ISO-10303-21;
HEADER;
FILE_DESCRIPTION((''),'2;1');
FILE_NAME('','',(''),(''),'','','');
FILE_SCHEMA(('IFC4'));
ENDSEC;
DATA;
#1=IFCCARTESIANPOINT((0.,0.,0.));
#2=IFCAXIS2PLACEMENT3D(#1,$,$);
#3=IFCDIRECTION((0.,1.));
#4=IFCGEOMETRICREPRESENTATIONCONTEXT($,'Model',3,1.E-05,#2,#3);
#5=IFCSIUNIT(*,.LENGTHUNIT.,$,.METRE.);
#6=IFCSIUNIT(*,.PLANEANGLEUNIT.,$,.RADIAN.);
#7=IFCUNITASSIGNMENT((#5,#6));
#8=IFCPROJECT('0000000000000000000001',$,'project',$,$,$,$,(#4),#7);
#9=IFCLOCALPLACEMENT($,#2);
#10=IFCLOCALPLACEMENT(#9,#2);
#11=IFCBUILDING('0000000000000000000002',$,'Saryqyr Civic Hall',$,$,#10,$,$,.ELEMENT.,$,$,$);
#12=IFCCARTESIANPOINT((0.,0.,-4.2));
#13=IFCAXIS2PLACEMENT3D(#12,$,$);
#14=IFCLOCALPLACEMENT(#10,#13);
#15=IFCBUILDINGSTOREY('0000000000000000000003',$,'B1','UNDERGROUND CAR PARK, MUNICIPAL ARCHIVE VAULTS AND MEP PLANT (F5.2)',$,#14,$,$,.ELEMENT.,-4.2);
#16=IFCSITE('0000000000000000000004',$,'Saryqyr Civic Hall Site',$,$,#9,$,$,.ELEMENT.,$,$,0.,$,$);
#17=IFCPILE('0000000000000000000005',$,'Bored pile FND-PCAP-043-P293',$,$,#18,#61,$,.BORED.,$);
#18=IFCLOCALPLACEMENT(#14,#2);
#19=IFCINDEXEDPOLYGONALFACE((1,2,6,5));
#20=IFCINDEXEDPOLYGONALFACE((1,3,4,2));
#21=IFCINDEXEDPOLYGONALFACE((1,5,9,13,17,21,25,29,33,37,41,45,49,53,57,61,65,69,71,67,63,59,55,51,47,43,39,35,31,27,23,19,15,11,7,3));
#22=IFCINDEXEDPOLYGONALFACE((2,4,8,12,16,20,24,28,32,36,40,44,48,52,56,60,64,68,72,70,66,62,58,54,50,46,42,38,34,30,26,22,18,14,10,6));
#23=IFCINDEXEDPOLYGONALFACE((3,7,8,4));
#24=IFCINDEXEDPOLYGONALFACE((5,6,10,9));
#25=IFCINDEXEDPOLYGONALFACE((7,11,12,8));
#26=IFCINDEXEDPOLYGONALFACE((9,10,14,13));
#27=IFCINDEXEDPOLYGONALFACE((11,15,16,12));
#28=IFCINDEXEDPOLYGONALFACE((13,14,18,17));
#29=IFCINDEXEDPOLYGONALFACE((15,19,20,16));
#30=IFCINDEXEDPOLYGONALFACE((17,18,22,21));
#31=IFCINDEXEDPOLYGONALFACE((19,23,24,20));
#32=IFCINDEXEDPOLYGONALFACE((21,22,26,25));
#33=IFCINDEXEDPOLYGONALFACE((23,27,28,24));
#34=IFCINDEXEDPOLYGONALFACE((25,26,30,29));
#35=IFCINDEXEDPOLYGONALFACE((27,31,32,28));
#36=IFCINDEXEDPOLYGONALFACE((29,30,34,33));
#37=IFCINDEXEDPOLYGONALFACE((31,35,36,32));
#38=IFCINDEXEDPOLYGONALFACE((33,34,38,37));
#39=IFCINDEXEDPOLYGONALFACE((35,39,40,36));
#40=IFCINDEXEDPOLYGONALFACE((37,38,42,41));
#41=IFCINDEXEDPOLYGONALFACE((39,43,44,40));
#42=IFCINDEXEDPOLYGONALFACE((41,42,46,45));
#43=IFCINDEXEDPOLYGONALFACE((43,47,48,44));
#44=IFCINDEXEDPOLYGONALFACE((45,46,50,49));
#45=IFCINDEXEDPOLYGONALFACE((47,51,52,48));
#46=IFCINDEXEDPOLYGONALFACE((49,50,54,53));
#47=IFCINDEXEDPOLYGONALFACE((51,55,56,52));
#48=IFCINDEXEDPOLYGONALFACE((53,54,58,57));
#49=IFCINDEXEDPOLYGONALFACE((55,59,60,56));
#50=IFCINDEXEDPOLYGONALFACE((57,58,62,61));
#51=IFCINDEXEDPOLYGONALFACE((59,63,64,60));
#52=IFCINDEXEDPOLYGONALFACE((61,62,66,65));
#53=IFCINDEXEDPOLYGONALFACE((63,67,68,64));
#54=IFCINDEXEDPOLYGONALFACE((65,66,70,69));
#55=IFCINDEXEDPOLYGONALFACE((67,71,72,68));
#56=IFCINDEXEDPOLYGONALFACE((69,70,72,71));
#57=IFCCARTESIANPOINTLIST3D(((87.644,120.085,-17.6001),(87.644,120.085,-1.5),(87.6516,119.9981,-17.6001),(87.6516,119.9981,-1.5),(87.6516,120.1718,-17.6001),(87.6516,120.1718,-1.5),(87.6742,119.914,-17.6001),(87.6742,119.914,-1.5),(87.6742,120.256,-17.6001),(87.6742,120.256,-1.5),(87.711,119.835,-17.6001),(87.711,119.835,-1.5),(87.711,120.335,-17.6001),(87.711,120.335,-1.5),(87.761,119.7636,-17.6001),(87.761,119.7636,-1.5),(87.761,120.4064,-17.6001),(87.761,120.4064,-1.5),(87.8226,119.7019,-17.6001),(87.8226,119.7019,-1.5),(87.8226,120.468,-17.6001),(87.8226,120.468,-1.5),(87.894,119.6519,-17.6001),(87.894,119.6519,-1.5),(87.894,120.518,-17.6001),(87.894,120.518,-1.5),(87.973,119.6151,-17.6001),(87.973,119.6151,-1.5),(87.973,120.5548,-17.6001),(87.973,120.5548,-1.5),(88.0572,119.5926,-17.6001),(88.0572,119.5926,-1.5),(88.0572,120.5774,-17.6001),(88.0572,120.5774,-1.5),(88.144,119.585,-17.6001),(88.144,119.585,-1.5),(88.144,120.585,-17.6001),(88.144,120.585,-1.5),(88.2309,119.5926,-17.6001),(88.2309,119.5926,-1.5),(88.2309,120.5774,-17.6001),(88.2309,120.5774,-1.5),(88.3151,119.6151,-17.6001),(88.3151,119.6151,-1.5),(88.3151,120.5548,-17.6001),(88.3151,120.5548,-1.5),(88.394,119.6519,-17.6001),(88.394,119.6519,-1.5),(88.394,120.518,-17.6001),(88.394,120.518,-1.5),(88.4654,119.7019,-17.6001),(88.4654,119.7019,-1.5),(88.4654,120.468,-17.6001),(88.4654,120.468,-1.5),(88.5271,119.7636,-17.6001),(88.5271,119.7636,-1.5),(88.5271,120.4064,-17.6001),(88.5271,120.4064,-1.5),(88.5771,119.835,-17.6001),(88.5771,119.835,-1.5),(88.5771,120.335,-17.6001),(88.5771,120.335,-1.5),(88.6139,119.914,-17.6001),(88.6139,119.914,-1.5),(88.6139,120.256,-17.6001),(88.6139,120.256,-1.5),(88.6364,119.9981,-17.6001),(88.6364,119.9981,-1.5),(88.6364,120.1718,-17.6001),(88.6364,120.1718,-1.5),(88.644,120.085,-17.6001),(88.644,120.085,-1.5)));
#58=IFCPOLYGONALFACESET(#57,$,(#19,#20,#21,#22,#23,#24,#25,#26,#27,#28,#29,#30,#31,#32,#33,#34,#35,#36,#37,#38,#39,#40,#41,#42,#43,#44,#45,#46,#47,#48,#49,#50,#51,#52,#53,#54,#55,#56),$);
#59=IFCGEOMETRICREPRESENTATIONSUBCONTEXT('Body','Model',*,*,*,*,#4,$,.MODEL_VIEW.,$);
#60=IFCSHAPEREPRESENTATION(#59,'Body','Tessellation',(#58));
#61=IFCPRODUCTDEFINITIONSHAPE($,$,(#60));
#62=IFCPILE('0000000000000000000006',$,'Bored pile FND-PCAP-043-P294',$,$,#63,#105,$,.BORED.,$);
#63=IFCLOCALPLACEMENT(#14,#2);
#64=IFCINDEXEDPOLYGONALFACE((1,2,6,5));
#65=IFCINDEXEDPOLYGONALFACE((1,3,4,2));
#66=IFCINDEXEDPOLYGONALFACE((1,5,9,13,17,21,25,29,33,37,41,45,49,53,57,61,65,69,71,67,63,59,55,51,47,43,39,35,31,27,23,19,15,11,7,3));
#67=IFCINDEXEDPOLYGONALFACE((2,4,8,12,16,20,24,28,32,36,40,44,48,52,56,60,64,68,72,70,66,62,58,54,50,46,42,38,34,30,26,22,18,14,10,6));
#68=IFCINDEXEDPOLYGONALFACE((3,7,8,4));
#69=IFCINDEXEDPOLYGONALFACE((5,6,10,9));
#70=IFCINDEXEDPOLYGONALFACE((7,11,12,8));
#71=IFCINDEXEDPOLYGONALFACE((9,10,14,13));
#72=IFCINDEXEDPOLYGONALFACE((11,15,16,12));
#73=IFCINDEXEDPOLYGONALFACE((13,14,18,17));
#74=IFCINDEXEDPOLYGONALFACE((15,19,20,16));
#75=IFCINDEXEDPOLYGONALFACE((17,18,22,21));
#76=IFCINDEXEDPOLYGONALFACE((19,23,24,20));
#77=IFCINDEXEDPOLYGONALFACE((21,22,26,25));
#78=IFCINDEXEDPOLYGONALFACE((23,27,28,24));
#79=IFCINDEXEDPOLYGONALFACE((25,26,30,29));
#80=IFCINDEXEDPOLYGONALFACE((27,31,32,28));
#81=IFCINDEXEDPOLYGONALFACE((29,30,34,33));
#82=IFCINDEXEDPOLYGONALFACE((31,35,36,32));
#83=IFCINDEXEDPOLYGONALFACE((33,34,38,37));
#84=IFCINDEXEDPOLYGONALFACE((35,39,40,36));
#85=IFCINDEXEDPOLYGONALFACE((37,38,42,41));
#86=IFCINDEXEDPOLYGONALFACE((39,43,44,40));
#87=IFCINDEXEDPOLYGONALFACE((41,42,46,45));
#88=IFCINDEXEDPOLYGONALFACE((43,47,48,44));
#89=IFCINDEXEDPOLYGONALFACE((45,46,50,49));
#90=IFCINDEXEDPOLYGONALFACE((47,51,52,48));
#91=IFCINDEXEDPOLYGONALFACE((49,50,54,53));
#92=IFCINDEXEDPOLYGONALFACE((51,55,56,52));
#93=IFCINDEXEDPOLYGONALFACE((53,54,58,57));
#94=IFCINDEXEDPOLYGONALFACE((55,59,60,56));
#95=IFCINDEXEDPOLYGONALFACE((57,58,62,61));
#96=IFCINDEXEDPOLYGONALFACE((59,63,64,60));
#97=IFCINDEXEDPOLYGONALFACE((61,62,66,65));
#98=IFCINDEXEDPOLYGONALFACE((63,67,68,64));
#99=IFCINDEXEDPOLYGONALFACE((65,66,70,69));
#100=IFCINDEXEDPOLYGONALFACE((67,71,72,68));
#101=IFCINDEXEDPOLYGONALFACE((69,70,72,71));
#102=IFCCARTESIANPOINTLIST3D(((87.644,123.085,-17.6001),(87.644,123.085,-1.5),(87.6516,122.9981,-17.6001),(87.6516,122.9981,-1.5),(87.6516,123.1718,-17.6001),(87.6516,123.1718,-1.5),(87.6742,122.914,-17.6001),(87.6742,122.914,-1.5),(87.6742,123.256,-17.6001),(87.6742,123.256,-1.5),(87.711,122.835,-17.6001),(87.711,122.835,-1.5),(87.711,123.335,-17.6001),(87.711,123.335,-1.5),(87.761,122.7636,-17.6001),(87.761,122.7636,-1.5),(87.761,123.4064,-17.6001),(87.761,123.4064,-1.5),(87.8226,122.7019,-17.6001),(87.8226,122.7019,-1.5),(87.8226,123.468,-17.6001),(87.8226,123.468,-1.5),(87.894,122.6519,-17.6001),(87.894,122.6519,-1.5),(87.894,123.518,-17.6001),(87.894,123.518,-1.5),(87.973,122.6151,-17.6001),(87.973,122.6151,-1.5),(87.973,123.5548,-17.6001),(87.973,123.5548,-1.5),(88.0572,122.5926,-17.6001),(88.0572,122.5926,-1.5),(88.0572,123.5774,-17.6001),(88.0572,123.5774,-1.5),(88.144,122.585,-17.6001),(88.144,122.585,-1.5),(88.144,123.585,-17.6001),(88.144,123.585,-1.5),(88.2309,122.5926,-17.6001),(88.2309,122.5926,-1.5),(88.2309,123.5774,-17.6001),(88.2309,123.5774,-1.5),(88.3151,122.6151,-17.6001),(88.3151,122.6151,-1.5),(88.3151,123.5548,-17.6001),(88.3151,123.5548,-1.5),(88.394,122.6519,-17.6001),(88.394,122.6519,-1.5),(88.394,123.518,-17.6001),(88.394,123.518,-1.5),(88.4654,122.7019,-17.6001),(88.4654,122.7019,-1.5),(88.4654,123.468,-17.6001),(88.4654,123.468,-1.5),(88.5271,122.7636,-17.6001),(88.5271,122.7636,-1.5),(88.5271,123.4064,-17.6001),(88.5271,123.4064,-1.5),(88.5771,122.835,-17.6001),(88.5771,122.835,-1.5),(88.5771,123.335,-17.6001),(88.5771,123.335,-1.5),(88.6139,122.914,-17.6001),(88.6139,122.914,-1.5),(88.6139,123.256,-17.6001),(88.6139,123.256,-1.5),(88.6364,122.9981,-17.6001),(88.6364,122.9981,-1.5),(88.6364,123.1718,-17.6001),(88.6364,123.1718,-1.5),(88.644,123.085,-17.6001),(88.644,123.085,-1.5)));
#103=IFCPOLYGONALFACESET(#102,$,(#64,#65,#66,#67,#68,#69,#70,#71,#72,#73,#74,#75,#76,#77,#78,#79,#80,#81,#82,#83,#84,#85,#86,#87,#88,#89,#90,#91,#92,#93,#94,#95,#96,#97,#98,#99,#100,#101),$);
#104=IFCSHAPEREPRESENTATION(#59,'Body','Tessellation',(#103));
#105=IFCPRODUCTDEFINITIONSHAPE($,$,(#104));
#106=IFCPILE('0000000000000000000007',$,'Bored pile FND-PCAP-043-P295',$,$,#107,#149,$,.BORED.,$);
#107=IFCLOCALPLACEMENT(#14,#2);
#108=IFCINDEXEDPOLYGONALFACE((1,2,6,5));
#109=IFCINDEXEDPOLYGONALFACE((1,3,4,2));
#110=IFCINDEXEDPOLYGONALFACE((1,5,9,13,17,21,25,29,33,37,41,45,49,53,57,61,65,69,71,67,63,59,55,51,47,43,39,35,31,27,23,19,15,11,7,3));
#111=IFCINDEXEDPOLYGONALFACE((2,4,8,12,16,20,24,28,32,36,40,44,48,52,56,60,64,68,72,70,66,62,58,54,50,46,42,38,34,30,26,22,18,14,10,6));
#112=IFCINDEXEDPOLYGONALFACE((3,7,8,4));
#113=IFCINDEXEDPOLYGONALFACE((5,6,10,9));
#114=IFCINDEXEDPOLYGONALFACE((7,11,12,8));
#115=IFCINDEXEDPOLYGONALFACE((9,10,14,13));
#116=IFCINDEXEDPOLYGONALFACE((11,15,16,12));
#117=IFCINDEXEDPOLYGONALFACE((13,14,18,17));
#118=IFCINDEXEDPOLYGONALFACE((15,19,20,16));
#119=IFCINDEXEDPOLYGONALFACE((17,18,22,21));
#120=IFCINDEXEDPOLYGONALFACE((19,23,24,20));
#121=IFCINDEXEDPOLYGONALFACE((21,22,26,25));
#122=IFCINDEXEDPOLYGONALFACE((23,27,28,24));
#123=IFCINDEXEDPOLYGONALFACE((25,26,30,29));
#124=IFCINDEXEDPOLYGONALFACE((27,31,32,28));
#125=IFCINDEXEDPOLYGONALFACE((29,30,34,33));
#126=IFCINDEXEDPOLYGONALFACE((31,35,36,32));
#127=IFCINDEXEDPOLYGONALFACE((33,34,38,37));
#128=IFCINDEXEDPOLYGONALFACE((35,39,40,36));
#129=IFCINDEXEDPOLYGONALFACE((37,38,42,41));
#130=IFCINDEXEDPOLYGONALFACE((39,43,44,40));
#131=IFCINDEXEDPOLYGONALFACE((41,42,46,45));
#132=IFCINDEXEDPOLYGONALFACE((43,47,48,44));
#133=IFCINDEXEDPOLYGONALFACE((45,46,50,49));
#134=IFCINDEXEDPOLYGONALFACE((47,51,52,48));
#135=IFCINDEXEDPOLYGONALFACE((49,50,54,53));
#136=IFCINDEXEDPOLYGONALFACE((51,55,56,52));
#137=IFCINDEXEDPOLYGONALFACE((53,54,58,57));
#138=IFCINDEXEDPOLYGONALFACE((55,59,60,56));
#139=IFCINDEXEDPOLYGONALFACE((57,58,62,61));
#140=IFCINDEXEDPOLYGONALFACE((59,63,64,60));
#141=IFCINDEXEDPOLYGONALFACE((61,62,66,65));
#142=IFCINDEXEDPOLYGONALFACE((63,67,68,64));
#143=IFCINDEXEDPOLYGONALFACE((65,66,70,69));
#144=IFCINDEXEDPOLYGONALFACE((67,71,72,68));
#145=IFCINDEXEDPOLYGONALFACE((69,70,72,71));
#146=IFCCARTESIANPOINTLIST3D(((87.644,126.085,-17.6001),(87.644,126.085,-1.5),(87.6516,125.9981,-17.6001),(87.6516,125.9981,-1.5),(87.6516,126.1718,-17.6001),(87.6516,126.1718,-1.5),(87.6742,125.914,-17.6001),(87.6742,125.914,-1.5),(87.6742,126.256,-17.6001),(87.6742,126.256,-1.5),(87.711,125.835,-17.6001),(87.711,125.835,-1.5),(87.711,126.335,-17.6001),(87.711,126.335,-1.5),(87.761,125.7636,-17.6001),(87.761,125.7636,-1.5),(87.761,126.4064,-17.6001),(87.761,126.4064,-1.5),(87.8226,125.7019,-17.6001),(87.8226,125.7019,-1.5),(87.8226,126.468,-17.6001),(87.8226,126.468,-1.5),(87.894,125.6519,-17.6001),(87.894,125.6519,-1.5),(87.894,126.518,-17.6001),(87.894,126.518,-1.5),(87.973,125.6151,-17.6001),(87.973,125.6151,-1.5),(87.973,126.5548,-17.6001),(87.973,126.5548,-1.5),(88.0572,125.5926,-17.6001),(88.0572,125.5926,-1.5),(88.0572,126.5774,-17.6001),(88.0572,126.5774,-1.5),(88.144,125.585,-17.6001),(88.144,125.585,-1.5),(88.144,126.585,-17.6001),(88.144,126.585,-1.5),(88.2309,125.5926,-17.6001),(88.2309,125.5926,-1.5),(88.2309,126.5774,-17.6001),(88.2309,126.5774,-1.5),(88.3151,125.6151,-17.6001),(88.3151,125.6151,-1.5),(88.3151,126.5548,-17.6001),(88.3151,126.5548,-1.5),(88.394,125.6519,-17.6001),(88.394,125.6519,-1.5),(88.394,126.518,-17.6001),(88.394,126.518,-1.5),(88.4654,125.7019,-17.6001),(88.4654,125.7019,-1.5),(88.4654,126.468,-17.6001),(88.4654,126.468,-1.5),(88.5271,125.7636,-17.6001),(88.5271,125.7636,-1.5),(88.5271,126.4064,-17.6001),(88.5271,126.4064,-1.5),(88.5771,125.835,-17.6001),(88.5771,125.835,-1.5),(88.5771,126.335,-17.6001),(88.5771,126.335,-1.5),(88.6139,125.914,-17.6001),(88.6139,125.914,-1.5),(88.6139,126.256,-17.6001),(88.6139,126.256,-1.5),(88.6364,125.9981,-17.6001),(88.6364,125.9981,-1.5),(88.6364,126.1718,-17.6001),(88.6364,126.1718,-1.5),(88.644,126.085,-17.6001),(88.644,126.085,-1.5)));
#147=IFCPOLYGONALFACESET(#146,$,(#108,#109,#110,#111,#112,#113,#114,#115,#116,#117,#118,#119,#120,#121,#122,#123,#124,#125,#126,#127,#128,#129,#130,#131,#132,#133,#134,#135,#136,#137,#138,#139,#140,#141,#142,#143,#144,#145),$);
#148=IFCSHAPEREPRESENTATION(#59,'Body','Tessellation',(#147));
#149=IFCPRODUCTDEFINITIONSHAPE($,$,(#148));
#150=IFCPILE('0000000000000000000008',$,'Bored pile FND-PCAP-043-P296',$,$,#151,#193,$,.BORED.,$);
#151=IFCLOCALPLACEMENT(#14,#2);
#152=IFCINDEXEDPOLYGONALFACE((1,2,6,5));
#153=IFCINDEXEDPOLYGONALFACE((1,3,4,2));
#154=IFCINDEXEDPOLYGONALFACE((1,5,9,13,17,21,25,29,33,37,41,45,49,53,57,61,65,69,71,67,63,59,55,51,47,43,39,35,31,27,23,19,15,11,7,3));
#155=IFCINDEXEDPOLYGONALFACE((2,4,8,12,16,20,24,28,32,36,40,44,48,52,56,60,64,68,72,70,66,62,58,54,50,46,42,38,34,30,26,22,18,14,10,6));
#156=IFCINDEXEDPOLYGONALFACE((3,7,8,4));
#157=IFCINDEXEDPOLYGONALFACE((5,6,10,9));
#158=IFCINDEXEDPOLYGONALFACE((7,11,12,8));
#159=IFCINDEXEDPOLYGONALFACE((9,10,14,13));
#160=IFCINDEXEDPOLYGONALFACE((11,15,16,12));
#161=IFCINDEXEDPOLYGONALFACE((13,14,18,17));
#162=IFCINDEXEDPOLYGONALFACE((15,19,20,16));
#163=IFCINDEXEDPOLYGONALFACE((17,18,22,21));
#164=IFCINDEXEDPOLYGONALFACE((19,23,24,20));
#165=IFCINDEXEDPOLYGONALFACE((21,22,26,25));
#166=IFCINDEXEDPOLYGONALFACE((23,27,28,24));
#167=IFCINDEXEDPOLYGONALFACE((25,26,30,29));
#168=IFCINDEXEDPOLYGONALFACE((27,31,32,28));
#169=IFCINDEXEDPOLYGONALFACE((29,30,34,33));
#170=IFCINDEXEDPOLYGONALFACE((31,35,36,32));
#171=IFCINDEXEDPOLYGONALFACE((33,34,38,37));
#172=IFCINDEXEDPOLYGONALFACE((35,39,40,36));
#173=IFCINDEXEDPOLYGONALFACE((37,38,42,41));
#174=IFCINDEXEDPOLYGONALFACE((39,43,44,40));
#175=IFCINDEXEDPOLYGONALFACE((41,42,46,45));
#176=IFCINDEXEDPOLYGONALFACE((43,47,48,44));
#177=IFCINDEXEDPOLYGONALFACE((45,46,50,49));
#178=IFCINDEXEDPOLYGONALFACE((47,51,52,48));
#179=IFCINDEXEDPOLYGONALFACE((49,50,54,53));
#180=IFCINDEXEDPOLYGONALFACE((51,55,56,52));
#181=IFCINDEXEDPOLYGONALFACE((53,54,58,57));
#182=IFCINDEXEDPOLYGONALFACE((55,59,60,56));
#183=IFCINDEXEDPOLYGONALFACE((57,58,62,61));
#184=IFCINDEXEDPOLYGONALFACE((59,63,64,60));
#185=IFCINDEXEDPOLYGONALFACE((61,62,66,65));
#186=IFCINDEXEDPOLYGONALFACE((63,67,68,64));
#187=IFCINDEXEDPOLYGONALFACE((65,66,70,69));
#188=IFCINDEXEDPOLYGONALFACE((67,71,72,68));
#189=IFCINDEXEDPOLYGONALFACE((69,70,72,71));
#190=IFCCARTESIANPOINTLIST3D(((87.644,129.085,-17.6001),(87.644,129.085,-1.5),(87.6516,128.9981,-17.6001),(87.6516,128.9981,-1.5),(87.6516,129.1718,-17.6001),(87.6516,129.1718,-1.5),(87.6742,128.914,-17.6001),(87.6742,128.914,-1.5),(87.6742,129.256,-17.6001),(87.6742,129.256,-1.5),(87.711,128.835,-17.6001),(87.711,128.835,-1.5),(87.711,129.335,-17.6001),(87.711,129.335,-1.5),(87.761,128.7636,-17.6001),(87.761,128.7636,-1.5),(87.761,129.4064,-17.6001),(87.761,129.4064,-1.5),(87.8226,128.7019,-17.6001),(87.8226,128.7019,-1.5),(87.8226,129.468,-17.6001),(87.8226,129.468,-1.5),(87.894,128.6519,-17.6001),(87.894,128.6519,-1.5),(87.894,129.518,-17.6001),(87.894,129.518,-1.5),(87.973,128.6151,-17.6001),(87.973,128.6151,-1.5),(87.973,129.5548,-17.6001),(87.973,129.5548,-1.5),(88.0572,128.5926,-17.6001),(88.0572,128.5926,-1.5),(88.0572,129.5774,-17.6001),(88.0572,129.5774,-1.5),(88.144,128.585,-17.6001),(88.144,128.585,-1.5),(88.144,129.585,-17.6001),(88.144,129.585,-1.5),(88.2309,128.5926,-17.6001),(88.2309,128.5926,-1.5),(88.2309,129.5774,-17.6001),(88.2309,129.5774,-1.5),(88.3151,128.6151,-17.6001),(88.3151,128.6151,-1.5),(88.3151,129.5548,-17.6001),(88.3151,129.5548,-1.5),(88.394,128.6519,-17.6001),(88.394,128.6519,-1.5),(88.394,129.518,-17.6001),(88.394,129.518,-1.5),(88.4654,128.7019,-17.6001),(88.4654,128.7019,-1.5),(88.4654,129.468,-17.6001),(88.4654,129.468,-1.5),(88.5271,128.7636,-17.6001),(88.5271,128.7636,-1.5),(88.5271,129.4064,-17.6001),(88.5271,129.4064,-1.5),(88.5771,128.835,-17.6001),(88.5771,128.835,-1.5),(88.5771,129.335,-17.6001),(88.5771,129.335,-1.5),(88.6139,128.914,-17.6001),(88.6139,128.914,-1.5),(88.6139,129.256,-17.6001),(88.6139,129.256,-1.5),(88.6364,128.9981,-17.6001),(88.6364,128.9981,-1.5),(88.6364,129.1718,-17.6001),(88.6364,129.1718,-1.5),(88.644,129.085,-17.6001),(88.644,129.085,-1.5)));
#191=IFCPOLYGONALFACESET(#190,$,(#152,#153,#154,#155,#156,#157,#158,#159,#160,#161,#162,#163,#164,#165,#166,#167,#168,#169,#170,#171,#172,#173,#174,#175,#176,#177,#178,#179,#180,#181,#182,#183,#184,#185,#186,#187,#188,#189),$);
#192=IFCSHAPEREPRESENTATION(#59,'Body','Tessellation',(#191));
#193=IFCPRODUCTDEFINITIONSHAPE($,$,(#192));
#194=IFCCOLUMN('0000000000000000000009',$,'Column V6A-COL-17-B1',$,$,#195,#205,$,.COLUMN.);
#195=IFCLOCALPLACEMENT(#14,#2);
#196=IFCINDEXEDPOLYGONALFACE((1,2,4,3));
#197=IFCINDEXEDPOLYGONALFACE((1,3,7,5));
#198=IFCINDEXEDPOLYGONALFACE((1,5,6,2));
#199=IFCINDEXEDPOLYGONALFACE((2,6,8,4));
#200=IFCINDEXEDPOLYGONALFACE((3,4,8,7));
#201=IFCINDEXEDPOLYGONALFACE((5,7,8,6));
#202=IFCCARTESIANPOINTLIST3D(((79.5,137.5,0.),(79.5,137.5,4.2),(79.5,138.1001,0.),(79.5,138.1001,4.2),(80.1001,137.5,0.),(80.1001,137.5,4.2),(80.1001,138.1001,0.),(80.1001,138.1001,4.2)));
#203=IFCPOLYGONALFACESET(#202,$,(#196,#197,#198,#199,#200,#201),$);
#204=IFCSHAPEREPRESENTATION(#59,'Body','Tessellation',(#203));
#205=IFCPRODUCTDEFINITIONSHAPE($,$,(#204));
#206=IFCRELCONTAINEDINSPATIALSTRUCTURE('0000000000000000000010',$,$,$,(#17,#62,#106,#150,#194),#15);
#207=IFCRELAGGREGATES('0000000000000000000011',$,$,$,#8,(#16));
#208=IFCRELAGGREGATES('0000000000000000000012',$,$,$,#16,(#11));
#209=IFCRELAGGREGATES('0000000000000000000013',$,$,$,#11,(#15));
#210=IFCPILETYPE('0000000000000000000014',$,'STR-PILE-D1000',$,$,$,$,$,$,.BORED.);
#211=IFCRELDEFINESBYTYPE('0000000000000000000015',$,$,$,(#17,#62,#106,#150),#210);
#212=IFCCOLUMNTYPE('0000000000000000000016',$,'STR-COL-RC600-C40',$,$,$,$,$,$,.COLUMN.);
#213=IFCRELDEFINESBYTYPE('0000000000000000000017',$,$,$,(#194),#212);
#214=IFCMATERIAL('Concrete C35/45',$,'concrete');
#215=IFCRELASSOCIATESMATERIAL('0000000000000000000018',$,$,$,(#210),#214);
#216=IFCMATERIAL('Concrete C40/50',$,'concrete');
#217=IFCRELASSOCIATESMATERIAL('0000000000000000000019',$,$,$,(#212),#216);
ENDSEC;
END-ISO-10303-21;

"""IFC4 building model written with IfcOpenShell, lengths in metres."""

from ifc_helpers import new_model, si_unit, direction, frame, origin, origin_2d, place, context, subcontext, project, spatial, rectangle, circle, extrude, material, material_profile, profile_set, type_object, element, save


model = new_model("IFC4")

# Units and contexts
model_context = context("Model", 3, precision=1e-05, world=origin(), true_north=direction((0.0, 1.0)))
body_context = subcontext(model_context, "Body", "Model", "MODEL_VIEW")
ifc_project = project(units=[si_unit("LENGTHUNIT", "METRE"), si_unit("PLANEANGLEUNIT", "RADIAN")], contexts=[model_context])

# Site, building, storey
site_placement = place(None, origin())
site = spatial("IfcSite", under=ifc_project, at=site_placement, Name="Saryqyr Civic Hall Site", CompositionType="ELEMENT", RefElevation=0.0)
building_placement = place(site_placement, origin())
building = spatial("IfcBuilding", under=site, at=building_placement, Name="Saryqyr Civic Hall", CompositionType="ELEMENT")
storey_placement = place(building_placement, frame((0.0, 0.0, -4.2)))
storey = spatial("IfcBuildingStorey", under=building, at=storey_placement, Name="B1", Description="UNDERGROUND CAR PARK, MUNICIPAL ARCHIVE VAULTS AND MEP PLANT (F5.2)", CompositionType="ELEMENT", Elevation=-4.2)

# Shared definitions
ifc_material_1 = material(Name="Concrete C35/45", Category="concrete")

# Piles
ifc_material_profile_1 = material_profile(ifc_material_1, circle(Radius=0.5, at=origin_2d()), Name="BORED PILE D1000")
ifc_profile_set_1 = profile_set([ifc_material_profile_1], Name="Concrete C35/45")
pile_type = type_object("IfcPileType", Name="STR-PILE-D1000", PredefinedType="BORED", material=ifc_profile_set_1)
for number, where, z_axis, x_axis, name in (
    (1, (88.144, 120.085, -1.5), (0.0, 0.0, -1.0), (1.0, 0.0, 0.0), "Bored pile FND-PCAP-043-P293"),
    (2, (88.144, 123.085, -1.5), (0.0, 0.0, -1.0), (1.0, 0.0, 0.0), "Bored pile FND-PCAP-043-P294"),
    (3, (88.144, 126.085, -1.5), (0.0, 0.0, -1.0), (1.0, 0.0, 0.0), "Bored pile FND-PCAP-043-P295"),
    (4, (88.144, 129.085, -1.5), (0.0, 0.0, -1.0), (1.0, 0.0, 0.0), "Bored pile FND-PCAP-043-P296"),
):
    element("IfcPile", number, at=place(storey_placement, frame(where, z_axis=z_axis, x_axis=x_axis)), inside=storey, type_object=pile_type, Name=name, PredefinedType="BORED", context=body_context, shape_type="SweptSolid", body=[
        extrude(circle(Radius=0.5, at=origin_2d()), origin(), (0.0, 0.0, 1.0), 16.1001),
    ])

# Column
ifc_material_2 = material(Name="Concrete C40/50", Category="concrete")
ifc_material_profile_2 = material_profile(ifc_material_2, rectangle(XDim=0.6001, YDim=0.6001, at=origin_2d()), Name="RC 600x600")
ifc_profile_set_2 = profile_set([ifc_material_profile_2], Name="Concrete C40/50")
column_type_1 = type_object("IfcColumnType", Name="STR-COL-RC600-C40", PredefinedType="COLUMN", material=ifc_profile_set_2)
for number, where, z_axis, x_axis, name in (
    (5, (79.8, 137.8, 0.0), (0.0, 0.0, 1.0), (1.0, 0.0, 0.0), "Column V6A-COL-17-B1"),
):
    element("IfcColumn", number, at=place(storey_placement, frame(where, z_axis=z_axis, x_axis=x_axis)), inside=storey, type_object=column_type_1, Name=name, PredefinedType="COLUMN", context=body_context, shape_type="SweptSolid", body=[
        extrude(rectangle(XDim=0.6001, YDim=0.6001, at=origin_2d()), origin(), (0.0, 0.0, 1.0), 4.2),
    ])

save(model, "model.ifc")
